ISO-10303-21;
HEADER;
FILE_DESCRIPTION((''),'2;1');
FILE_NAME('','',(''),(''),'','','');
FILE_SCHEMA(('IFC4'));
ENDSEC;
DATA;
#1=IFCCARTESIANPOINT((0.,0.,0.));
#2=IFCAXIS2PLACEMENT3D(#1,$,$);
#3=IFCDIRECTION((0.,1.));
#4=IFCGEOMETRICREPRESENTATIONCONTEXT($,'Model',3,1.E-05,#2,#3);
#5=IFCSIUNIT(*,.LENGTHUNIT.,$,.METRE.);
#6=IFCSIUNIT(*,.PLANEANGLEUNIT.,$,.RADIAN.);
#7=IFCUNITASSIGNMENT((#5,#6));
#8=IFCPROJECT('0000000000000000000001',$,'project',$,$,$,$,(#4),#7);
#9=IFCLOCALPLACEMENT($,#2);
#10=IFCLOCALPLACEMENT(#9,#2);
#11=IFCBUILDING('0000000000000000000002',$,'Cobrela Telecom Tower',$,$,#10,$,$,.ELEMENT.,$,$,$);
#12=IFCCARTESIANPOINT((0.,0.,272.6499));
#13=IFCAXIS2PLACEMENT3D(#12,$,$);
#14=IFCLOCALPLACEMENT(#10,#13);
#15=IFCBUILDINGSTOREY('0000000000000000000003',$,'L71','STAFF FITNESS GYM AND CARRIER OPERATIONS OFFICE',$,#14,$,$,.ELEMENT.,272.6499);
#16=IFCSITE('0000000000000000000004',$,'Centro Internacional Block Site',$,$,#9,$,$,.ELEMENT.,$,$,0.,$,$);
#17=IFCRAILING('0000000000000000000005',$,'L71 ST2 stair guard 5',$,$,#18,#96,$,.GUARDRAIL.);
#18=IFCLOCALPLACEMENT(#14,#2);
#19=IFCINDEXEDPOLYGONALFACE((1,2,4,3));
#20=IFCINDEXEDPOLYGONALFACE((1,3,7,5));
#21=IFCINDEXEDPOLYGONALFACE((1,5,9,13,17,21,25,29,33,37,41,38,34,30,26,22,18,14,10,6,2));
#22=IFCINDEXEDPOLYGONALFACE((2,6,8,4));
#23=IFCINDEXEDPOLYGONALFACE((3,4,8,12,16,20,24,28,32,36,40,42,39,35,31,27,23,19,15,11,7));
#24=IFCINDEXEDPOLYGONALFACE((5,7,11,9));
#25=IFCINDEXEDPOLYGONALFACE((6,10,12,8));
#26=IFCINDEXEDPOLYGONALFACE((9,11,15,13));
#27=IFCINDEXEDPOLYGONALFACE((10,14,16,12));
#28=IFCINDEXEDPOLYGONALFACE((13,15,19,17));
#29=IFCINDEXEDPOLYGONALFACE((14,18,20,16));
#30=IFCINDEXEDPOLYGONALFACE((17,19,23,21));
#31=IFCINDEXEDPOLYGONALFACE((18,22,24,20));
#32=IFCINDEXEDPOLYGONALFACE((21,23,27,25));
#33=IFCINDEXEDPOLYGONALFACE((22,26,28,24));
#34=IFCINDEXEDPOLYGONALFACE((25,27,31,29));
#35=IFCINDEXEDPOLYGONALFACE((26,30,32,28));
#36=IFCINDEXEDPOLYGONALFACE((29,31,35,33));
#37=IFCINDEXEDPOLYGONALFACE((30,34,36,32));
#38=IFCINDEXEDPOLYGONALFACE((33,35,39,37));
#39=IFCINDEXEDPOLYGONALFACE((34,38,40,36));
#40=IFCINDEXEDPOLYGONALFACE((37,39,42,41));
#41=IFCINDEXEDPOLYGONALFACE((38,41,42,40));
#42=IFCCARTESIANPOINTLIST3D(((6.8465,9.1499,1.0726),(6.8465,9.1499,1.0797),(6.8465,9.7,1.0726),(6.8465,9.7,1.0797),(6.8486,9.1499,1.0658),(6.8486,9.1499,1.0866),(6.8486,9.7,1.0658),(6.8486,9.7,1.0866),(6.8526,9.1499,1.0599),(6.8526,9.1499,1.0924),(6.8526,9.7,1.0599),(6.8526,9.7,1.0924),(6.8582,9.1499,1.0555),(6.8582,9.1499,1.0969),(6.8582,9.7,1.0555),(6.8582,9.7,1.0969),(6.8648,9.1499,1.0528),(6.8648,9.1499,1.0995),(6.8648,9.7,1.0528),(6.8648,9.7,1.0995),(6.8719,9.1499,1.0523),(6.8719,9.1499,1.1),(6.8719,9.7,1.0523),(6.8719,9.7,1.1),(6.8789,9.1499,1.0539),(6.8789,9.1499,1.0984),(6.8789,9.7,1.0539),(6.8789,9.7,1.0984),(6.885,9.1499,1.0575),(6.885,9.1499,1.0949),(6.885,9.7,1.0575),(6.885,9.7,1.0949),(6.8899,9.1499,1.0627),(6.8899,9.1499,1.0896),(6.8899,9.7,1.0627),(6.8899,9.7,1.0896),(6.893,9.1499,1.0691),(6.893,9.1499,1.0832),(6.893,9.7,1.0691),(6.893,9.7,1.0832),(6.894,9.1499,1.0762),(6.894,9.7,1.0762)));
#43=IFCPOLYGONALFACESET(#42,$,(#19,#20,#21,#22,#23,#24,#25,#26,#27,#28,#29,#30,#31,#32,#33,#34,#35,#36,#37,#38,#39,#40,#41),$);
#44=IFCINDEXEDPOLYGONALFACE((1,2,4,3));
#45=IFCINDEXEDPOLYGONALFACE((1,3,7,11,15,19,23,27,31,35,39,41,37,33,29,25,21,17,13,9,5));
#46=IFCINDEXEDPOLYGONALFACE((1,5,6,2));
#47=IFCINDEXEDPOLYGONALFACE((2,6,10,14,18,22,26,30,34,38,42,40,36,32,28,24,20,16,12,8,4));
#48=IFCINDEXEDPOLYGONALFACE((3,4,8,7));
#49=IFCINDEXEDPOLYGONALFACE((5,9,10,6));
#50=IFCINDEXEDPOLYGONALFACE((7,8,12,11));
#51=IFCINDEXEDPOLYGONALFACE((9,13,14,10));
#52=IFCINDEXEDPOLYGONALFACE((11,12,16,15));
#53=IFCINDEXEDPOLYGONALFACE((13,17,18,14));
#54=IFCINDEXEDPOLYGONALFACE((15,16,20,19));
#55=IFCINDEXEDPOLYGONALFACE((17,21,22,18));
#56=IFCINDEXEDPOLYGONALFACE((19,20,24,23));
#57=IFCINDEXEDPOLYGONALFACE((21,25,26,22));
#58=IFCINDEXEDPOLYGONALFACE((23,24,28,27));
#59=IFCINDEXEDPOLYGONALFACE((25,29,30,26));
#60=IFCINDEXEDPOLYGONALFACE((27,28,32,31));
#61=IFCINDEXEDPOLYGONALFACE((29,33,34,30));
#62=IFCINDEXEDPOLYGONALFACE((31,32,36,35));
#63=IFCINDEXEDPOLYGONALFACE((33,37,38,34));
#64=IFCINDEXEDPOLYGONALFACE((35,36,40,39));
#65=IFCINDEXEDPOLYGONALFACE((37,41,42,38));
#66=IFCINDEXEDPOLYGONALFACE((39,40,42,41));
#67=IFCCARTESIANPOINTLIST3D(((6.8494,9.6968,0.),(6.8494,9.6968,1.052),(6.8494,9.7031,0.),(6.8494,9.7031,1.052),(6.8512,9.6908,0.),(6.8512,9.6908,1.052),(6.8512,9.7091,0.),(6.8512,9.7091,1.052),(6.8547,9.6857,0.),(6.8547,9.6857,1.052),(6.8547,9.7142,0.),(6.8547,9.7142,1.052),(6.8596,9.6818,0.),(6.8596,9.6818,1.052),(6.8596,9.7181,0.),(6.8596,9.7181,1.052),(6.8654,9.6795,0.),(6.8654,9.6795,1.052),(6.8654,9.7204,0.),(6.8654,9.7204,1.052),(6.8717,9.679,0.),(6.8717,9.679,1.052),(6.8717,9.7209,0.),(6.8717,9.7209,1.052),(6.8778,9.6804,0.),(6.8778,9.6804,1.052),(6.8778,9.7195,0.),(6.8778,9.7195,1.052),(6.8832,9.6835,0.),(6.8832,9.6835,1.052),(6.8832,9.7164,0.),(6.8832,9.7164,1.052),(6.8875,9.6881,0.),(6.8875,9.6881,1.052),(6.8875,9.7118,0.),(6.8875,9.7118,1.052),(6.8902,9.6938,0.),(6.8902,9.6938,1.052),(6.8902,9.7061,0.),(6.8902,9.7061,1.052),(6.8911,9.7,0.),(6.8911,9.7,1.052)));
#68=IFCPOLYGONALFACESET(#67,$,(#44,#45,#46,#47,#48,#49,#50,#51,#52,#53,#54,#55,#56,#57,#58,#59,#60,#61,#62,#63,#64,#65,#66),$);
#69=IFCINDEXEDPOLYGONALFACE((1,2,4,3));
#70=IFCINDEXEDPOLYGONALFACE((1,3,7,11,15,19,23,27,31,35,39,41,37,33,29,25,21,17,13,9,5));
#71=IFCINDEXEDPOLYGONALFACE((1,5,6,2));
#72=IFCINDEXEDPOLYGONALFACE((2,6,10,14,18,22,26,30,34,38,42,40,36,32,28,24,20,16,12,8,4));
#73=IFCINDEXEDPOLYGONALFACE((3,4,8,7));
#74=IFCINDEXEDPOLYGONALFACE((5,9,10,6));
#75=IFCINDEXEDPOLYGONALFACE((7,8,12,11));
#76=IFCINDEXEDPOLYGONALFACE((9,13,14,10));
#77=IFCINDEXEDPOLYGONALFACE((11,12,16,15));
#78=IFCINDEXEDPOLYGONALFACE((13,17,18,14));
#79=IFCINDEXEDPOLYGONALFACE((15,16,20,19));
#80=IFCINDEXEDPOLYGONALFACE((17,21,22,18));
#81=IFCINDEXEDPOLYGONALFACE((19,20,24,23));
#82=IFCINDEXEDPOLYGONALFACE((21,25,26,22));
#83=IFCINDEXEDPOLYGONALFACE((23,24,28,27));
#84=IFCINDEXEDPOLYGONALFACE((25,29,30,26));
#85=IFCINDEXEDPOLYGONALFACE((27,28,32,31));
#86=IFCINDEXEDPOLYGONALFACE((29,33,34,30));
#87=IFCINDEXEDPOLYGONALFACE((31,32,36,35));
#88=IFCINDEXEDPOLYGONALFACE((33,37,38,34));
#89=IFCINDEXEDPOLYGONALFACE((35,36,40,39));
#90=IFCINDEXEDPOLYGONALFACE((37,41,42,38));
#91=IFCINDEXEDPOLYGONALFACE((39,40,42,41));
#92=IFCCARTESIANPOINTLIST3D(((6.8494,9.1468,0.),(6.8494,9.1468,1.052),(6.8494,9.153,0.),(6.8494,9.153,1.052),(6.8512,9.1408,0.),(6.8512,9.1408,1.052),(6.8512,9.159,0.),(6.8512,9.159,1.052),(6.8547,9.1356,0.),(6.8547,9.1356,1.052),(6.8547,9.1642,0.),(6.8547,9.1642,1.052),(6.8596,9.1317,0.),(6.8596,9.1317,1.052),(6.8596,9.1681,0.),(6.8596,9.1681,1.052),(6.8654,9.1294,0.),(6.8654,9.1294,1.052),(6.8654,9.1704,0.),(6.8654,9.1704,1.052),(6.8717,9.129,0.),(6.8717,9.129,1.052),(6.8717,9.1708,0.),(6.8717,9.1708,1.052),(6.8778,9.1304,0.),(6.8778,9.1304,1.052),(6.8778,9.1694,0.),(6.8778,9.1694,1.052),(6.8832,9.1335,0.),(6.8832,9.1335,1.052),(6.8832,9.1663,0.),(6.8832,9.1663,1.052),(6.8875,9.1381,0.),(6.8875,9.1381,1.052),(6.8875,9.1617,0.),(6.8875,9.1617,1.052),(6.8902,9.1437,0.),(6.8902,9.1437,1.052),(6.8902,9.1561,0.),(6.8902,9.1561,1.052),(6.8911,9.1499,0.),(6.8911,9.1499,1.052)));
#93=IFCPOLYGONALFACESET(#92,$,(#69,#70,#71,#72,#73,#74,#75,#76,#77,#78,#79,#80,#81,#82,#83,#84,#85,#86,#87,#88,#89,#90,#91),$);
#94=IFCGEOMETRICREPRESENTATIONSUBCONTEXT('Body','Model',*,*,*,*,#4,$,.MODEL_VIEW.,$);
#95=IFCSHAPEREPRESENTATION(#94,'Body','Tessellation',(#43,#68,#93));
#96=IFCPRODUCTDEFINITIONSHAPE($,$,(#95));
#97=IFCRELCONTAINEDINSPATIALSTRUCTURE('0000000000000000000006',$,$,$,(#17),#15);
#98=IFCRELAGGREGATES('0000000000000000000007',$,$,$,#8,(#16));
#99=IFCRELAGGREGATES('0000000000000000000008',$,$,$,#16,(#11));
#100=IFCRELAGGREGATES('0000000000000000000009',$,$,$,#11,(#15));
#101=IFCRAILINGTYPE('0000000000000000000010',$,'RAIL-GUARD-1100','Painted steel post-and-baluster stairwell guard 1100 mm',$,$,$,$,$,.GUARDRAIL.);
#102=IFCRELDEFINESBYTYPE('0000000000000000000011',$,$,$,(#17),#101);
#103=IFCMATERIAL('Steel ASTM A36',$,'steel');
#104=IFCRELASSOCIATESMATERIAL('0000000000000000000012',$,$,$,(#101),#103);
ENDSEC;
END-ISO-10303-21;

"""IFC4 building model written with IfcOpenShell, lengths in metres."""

from ifc_helpers import new_model, si_unit, direction, frame, origin, origin_2d, place, context, subcontext, project, spatial, circle, extrude, material, type_object, element, save


model = new_model("IFC4")

# Units and contexts
model_context = context("Model", 3, precision=1e-05, world=origin(), true_north=direction((0.0, 1.0)))
body_context = subcontext(model_context, "Body", "Model", "MODEL_VIEW")
ifc_project = project(units=[si_unit("LENGTHUNIT", "METRE"), si_unit("PLANEANGLEUNIT", "RADIAN")], contexts=[model_context])

# Site, building, storey
site_placement = place(None, origin())
site = spatial("IfcSite", under=ifc_project, at=site_placement, Name="Centro Internacional Block Site", CompositionType="ELEMENT", RefElevation=0.0)
building_placement = place(site_placement, origin())
building = spatial("IfcBuilding", under=site, at=building_placement, Name="Cobrela Telecom Tower", CompositionType="ELEMENT")
storey_placement = place(building_placement, frame((0.0, 0.0, 272.6499)))
storey = spatial("IfcBuildingStorey", under=building, at=storey_placement, Name="L71", Description="STAFF FITNESS GYM AND CARRIER OPERATIONS OFFICE", CompositionType="ELEMENT", Elevation=272.6499)

# Railing
ifc_material_1 = material(Name="Steel ASTM A36", Category="steel")
railing_type_1 = type_object("IfcRailingType", Name="RAIL-GUARD-1100", Description="Painted steel post-and-baluster stairwell guard 1100 mm", PredefinedType="GUARDRAIL", material=ifc_material_1)
railing_1_placement = place(storey_placement, frame((6.8701, 9.7, 0.0)))
element("IfcRailing", 1, at=railing_1_placement, inside=storey, type_object=railing_type_1, Name="L71 ST2 stair guard 5", PredefinedType="GUARDRAIL", context=body_context, shape_type="SweptSolid", body=[
    extrude(circle(Radius=0.0239, at=origin_2d()), frame((0.0, 0.0, 1.0762), z_axis=(0.0, -1.0, 0.0), x_axis=(1.0, 0.0, 0.0)), (0.0, 0.0, 1.0), 0.55),
    extrude(circle(Radius=0.021, at=origin_2d()), origin(), (0.0, 0.0, 1.0), 1.052),
    extrude(circle(Radius=0.021, at=origin_2d()), frame((0.0, -0.55, 0.0)), (0.0, 0.0, 1.0), 1.052),
])

save(model, "model.ifc")
